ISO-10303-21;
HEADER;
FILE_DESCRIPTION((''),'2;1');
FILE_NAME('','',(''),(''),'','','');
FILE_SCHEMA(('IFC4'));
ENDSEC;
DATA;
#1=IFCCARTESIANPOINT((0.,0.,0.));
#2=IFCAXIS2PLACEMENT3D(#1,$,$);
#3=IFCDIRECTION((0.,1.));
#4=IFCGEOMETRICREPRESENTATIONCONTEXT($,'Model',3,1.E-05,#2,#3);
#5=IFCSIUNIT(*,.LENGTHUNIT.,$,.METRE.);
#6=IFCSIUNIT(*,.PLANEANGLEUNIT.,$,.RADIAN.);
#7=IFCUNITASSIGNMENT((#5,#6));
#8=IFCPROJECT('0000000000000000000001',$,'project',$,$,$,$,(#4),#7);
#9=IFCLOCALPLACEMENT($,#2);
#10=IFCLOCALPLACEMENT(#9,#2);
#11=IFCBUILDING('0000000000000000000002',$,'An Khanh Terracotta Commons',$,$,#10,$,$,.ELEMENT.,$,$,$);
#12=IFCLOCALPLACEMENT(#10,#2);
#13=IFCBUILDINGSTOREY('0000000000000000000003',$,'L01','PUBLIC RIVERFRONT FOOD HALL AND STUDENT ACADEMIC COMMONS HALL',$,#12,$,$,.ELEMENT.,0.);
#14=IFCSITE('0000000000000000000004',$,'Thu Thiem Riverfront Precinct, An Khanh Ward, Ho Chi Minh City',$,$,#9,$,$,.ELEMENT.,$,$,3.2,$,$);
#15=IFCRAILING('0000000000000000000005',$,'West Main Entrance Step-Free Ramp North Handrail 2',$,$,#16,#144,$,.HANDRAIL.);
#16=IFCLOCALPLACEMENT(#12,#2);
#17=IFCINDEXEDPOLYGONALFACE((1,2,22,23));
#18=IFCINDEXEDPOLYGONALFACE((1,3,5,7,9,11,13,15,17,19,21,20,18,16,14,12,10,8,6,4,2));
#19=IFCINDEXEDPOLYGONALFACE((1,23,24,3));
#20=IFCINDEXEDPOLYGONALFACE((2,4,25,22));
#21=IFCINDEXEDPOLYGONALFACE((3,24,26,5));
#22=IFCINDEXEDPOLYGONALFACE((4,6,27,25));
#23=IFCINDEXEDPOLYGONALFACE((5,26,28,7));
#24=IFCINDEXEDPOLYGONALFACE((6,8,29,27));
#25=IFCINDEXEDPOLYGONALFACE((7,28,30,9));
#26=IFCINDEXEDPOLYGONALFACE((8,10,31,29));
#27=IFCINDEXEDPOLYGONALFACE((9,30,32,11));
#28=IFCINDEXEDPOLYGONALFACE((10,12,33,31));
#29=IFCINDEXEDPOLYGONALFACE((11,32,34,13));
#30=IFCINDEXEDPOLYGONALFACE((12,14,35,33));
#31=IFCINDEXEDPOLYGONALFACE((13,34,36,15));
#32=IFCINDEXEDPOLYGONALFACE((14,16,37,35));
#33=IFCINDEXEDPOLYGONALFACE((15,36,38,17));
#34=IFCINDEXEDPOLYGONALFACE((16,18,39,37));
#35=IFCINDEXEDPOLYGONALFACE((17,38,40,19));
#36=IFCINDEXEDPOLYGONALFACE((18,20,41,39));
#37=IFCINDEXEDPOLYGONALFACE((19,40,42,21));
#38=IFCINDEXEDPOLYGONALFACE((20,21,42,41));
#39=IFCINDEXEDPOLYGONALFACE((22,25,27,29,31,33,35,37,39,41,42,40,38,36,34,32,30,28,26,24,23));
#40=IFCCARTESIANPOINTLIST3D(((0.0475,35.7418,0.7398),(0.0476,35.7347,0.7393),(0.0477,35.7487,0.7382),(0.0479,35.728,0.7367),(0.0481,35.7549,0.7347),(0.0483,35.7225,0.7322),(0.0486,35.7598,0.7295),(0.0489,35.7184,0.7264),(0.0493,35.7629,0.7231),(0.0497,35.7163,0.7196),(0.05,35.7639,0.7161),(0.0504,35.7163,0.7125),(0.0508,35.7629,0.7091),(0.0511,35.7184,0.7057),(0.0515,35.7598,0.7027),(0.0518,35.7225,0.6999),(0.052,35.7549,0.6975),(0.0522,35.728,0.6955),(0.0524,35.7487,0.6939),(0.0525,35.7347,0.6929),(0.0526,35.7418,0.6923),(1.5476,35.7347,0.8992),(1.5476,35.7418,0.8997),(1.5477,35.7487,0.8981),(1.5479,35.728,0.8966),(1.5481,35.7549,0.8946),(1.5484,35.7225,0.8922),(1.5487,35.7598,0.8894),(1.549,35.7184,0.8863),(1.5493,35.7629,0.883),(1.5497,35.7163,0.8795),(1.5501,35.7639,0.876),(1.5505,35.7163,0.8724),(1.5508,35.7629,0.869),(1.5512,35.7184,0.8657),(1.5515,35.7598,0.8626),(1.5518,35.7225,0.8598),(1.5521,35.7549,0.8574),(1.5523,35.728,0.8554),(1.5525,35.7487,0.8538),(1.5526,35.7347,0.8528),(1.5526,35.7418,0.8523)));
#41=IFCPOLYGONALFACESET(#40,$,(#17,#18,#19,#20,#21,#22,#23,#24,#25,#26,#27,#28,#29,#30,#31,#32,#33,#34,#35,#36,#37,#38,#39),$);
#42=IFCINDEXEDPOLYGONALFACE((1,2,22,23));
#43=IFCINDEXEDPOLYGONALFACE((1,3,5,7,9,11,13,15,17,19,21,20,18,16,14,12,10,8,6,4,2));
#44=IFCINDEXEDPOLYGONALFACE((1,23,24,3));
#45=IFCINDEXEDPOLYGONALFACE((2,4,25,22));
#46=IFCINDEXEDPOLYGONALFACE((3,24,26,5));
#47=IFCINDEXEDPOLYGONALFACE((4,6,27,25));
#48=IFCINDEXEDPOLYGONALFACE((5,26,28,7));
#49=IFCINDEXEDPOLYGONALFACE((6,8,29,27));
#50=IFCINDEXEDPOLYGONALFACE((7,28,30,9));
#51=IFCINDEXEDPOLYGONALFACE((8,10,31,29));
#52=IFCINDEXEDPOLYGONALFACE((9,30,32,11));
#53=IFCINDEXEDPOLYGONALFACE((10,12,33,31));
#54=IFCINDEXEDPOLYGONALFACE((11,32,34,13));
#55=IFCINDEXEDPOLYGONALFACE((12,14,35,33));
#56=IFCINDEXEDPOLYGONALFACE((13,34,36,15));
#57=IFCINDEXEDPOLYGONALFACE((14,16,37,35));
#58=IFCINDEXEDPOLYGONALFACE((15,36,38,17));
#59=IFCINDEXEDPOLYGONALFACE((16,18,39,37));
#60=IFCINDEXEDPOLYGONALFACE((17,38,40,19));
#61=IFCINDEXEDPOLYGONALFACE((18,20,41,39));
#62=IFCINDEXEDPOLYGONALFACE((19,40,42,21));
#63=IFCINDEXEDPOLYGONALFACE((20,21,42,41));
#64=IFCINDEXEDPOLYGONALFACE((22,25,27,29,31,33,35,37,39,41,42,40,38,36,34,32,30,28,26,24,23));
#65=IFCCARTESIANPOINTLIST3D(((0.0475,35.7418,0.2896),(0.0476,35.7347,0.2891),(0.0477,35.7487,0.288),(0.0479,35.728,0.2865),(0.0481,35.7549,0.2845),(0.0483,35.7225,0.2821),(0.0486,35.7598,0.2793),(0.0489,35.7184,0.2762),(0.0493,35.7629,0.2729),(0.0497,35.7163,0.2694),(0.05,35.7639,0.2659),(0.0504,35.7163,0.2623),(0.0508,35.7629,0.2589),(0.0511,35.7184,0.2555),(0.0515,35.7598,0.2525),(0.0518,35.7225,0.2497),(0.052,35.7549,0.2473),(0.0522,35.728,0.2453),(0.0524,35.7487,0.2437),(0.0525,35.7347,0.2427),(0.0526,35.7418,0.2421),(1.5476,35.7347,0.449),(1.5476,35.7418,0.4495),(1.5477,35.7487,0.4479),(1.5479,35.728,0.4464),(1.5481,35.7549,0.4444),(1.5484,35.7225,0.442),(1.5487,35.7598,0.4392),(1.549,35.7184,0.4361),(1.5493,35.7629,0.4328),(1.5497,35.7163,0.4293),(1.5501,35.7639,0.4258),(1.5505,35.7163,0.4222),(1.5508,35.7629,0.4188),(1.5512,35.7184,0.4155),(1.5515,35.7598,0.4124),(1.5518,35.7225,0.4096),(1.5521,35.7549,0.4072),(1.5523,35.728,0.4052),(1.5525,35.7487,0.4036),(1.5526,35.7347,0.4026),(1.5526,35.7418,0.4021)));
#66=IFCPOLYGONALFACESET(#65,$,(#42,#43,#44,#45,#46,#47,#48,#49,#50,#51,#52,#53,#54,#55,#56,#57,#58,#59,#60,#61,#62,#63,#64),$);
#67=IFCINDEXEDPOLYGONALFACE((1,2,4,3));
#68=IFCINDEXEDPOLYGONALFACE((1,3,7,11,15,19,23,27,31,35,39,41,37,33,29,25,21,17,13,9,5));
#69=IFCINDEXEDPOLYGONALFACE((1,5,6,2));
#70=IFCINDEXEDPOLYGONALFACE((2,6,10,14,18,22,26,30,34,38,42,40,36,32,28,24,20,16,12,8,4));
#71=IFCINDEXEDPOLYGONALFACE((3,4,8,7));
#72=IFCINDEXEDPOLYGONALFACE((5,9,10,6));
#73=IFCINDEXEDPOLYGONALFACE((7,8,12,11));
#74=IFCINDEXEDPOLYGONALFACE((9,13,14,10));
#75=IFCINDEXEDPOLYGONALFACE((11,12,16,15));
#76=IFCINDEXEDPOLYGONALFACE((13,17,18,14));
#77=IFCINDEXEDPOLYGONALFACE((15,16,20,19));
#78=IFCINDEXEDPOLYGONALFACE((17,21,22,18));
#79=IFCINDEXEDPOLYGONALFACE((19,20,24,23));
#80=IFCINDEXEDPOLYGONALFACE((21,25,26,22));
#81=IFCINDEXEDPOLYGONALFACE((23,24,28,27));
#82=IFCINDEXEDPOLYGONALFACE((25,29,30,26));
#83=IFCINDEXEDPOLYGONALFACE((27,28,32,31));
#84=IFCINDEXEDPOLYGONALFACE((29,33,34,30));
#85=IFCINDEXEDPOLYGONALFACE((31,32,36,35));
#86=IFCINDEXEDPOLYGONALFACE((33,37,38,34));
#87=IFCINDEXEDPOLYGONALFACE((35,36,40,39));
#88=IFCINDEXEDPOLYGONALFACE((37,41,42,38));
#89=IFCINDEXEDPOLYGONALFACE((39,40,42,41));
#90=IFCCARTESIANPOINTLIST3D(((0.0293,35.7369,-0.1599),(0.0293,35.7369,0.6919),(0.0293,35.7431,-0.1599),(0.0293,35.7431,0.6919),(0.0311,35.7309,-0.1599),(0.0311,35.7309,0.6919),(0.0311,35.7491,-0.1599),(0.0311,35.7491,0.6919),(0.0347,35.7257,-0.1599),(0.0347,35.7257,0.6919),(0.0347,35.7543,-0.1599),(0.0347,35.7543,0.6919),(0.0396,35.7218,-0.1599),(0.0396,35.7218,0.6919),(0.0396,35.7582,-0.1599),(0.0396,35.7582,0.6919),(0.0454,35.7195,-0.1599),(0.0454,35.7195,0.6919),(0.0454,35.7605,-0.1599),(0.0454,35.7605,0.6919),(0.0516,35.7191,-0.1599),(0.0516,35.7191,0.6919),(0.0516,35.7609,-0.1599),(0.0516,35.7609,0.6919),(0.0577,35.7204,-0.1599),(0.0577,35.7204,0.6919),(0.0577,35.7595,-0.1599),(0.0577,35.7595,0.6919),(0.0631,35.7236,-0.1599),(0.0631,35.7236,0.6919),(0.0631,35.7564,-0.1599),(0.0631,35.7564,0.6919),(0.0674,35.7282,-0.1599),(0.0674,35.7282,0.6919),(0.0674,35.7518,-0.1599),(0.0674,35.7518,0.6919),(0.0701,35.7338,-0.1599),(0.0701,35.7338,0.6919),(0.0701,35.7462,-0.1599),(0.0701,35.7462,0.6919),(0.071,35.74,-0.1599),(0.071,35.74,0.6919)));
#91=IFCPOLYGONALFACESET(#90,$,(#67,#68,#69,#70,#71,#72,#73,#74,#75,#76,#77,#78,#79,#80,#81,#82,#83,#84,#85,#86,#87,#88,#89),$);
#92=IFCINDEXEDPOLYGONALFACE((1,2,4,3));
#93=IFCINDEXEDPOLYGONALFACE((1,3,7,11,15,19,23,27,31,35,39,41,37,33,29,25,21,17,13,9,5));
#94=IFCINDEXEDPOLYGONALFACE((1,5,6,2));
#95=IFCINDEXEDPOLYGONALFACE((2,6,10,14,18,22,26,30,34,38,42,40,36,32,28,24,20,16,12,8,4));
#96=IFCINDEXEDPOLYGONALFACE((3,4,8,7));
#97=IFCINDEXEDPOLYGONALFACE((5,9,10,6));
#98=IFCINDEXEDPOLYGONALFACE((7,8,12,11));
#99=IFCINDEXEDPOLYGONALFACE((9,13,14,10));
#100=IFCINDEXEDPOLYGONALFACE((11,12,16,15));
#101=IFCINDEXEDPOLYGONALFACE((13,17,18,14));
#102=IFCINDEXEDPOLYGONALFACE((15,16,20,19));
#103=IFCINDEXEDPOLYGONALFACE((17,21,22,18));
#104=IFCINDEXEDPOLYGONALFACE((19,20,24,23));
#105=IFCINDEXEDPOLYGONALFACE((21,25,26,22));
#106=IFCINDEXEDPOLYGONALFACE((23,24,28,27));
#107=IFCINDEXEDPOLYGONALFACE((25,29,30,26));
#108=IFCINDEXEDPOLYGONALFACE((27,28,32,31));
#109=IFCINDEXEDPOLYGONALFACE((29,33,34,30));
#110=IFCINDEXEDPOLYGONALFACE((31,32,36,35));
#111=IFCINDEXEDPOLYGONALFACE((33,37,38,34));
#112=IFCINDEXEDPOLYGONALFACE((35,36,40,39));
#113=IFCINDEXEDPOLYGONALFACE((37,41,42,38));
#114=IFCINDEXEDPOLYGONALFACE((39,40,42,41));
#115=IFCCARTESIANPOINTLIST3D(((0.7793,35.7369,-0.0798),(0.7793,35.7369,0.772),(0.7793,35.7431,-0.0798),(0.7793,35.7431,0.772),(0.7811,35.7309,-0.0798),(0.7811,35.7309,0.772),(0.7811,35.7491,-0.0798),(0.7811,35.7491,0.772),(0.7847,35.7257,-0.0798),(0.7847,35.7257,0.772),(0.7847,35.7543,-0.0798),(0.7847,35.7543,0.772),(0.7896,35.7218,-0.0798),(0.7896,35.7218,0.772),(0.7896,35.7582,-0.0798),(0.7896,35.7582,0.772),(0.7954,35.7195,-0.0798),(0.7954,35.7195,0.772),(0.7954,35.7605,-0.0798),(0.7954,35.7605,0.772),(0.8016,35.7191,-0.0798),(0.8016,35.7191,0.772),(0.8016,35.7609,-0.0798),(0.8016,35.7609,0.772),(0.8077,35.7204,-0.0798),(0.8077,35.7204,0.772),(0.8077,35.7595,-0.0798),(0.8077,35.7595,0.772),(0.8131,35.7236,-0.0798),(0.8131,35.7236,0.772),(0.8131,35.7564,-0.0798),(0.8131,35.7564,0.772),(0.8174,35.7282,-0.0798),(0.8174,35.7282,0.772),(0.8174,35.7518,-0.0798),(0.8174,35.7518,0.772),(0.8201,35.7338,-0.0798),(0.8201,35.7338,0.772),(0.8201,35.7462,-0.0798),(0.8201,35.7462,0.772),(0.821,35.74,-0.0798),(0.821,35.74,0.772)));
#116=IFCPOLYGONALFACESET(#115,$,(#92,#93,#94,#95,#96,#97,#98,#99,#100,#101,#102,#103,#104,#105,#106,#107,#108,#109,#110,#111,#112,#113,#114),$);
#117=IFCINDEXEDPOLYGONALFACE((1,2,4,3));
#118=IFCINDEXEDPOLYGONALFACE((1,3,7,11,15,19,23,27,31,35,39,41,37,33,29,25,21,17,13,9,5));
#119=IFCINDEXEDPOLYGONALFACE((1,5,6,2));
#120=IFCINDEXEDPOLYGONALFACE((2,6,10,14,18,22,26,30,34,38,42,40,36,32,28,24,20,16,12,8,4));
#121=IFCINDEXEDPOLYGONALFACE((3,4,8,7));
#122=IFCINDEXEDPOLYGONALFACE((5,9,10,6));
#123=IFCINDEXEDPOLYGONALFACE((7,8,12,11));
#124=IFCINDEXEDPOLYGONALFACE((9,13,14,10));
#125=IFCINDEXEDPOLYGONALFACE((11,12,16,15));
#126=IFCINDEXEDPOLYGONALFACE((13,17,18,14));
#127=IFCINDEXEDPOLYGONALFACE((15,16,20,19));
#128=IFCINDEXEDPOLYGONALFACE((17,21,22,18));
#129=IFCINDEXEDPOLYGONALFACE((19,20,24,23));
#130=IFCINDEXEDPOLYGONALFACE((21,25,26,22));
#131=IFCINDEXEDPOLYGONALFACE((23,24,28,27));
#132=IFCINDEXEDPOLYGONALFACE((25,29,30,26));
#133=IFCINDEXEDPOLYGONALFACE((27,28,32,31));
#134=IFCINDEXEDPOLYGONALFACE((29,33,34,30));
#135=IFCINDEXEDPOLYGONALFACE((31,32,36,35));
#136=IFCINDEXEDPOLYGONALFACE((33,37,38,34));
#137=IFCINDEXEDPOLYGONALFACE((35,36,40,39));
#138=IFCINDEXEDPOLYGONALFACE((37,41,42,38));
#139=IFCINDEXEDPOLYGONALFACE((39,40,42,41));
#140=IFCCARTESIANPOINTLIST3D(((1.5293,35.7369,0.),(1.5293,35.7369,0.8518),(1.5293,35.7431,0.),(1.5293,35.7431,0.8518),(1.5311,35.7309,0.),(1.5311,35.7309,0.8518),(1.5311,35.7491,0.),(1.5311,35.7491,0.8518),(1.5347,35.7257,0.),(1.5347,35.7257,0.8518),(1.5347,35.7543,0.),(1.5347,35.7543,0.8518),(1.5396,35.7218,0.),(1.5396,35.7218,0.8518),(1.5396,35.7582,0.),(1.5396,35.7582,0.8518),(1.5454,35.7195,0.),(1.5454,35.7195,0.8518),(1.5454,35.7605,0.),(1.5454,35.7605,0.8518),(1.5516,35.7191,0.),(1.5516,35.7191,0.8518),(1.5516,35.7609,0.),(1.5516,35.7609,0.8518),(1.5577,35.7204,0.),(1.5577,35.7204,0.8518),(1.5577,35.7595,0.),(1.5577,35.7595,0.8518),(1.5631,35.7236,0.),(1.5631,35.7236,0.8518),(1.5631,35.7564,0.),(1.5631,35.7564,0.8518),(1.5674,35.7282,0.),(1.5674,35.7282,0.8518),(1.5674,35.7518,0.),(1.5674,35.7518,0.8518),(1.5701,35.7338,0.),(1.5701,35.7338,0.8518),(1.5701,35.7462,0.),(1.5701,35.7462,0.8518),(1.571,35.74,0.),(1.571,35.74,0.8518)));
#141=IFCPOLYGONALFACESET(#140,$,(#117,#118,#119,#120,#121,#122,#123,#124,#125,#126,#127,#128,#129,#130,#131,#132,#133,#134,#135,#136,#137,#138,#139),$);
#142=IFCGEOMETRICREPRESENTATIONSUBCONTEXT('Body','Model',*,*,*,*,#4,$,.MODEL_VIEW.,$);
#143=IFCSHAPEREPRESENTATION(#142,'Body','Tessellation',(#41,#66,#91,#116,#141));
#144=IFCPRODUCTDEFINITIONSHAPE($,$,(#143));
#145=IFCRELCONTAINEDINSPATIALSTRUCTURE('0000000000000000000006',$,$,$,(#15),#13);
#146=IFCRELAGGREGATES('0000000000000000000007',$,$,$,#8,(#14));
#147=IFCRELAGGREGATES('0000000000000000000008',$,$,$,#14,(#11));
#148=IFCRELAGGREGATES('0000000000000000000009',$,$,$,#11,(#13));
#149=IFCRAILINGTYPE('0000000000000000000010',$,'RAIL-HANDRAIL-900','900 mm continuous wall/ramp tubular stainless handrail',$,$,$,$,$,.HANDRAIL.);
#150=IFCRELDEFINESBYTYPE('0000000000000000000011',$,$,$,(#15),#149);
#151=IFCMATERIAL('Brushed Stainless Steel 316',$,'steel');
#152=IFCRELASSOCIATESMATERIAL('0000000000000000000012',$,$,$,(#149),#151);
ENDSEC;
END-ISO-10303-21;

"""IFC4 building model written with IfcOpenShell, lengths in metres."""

from ifc_helpers import new_model, si_unit, direction, frame, origin, origin_2d, place, context, subcontext, project, spatial, circle, extrude, material, type_object, element, save


model = new_model("IFC4")

# Units and contexts
model_context = context("Model", 3, precision=1e-05, world=origin(), true_north=direction((0.0, 1.0)))
body_context = subcontext(model_context, "Body", "Model", "MODEL_VIEW")
ifc_project = project(units=[si_unit("LENGTHUNIT", "METRE"), si_unit("PLANEANGLEUNIT", "RADIAN")], contexts=[model_context])

# Site, building, storey
site_placement = place(None, origin())
site = spatial("IfcSite", under=ifc_project, at=site_placement, Name="Thu Thiem Riverfront Precinct, An Khanh Ward, Ho Chi Minh City", CompositionType="ELEMENT", RefElevation=3.2)
building_placement = place(site_placement, origin())
building = spatial("IfcBuilding", under=site, at=building_placement, Name="An Khanh Terracotta Commons", CompositionType="ELEMENT")
storey_placement = place(building_placement, origin())
storey = spatial("IfcBuildingStorey", under=building, at=storey_placement, Name="L01", Description="PUBLIC RIVERFRONT FOOD HALL AND STUDENT ACADEMIC COMMONS HALL", CompositionType="ELEMENT", Elevation=0.0)

# Railing
ifc_material_1 = material(Name="Brushed Stainless Steel 316", Category="steel")
railing_type = type_object("IfcRailingType", Name="RAIL-HANDRAIL-900", Description="900 mm continuous wall/ramp tubular stainless handrail", PredefinedType="HANDRAIL", material=ifc_material_1)
for number, where, name in (
    (1, (0.05, 35.74, -0.1599), "West Main Entrance Step-Free Ramp North Handrail 2"),
):
    element("IfcRailing", number, at=place(storey_placement, frame(where)), inside=storey, type_object=railing_type, Name=name, PredefinedType="HANDRAIL", context=body_context, shape_type="SweptSolid", body=[
        extrude(circle(Radius=0.0239, at=origin_2d()), frame((0.0, 0.0, 0.876), z_axis=(0.994365, 0.0, 0.106007), x_axis=(0.0, 1.0, 0.0)), (0.0, 0.0, 1.0), 1.5085),
        extrude(circle(Radius=0.0239, at=origin_2d()), frame((0.0, 0.0, 0.4258), z_axis=(0.994365, 0.0, 0.106007), x_axis=(0.0, 1.0, 0.0)), (0.0, 0.0, 1.0), 1.5085),
        extrude(circle(Radius=0.021, at=origin_2d()), origin(), (0.0, 0.0, 1.0), 0.8518),
        extrude(circle(Radius=0.021, at=origin_2d()), frame((0.75, 0.0, 0.0801)), (0.0, 0.0, 1.0), 0.8518),
        extrude(circle(Radius=0.021, at=origin_2d()), frame((1.5, 0.0, 0.1599)), (0.0, 0.0, 1.0), 0.8518),
    ])

save(model, "model.ifc")
